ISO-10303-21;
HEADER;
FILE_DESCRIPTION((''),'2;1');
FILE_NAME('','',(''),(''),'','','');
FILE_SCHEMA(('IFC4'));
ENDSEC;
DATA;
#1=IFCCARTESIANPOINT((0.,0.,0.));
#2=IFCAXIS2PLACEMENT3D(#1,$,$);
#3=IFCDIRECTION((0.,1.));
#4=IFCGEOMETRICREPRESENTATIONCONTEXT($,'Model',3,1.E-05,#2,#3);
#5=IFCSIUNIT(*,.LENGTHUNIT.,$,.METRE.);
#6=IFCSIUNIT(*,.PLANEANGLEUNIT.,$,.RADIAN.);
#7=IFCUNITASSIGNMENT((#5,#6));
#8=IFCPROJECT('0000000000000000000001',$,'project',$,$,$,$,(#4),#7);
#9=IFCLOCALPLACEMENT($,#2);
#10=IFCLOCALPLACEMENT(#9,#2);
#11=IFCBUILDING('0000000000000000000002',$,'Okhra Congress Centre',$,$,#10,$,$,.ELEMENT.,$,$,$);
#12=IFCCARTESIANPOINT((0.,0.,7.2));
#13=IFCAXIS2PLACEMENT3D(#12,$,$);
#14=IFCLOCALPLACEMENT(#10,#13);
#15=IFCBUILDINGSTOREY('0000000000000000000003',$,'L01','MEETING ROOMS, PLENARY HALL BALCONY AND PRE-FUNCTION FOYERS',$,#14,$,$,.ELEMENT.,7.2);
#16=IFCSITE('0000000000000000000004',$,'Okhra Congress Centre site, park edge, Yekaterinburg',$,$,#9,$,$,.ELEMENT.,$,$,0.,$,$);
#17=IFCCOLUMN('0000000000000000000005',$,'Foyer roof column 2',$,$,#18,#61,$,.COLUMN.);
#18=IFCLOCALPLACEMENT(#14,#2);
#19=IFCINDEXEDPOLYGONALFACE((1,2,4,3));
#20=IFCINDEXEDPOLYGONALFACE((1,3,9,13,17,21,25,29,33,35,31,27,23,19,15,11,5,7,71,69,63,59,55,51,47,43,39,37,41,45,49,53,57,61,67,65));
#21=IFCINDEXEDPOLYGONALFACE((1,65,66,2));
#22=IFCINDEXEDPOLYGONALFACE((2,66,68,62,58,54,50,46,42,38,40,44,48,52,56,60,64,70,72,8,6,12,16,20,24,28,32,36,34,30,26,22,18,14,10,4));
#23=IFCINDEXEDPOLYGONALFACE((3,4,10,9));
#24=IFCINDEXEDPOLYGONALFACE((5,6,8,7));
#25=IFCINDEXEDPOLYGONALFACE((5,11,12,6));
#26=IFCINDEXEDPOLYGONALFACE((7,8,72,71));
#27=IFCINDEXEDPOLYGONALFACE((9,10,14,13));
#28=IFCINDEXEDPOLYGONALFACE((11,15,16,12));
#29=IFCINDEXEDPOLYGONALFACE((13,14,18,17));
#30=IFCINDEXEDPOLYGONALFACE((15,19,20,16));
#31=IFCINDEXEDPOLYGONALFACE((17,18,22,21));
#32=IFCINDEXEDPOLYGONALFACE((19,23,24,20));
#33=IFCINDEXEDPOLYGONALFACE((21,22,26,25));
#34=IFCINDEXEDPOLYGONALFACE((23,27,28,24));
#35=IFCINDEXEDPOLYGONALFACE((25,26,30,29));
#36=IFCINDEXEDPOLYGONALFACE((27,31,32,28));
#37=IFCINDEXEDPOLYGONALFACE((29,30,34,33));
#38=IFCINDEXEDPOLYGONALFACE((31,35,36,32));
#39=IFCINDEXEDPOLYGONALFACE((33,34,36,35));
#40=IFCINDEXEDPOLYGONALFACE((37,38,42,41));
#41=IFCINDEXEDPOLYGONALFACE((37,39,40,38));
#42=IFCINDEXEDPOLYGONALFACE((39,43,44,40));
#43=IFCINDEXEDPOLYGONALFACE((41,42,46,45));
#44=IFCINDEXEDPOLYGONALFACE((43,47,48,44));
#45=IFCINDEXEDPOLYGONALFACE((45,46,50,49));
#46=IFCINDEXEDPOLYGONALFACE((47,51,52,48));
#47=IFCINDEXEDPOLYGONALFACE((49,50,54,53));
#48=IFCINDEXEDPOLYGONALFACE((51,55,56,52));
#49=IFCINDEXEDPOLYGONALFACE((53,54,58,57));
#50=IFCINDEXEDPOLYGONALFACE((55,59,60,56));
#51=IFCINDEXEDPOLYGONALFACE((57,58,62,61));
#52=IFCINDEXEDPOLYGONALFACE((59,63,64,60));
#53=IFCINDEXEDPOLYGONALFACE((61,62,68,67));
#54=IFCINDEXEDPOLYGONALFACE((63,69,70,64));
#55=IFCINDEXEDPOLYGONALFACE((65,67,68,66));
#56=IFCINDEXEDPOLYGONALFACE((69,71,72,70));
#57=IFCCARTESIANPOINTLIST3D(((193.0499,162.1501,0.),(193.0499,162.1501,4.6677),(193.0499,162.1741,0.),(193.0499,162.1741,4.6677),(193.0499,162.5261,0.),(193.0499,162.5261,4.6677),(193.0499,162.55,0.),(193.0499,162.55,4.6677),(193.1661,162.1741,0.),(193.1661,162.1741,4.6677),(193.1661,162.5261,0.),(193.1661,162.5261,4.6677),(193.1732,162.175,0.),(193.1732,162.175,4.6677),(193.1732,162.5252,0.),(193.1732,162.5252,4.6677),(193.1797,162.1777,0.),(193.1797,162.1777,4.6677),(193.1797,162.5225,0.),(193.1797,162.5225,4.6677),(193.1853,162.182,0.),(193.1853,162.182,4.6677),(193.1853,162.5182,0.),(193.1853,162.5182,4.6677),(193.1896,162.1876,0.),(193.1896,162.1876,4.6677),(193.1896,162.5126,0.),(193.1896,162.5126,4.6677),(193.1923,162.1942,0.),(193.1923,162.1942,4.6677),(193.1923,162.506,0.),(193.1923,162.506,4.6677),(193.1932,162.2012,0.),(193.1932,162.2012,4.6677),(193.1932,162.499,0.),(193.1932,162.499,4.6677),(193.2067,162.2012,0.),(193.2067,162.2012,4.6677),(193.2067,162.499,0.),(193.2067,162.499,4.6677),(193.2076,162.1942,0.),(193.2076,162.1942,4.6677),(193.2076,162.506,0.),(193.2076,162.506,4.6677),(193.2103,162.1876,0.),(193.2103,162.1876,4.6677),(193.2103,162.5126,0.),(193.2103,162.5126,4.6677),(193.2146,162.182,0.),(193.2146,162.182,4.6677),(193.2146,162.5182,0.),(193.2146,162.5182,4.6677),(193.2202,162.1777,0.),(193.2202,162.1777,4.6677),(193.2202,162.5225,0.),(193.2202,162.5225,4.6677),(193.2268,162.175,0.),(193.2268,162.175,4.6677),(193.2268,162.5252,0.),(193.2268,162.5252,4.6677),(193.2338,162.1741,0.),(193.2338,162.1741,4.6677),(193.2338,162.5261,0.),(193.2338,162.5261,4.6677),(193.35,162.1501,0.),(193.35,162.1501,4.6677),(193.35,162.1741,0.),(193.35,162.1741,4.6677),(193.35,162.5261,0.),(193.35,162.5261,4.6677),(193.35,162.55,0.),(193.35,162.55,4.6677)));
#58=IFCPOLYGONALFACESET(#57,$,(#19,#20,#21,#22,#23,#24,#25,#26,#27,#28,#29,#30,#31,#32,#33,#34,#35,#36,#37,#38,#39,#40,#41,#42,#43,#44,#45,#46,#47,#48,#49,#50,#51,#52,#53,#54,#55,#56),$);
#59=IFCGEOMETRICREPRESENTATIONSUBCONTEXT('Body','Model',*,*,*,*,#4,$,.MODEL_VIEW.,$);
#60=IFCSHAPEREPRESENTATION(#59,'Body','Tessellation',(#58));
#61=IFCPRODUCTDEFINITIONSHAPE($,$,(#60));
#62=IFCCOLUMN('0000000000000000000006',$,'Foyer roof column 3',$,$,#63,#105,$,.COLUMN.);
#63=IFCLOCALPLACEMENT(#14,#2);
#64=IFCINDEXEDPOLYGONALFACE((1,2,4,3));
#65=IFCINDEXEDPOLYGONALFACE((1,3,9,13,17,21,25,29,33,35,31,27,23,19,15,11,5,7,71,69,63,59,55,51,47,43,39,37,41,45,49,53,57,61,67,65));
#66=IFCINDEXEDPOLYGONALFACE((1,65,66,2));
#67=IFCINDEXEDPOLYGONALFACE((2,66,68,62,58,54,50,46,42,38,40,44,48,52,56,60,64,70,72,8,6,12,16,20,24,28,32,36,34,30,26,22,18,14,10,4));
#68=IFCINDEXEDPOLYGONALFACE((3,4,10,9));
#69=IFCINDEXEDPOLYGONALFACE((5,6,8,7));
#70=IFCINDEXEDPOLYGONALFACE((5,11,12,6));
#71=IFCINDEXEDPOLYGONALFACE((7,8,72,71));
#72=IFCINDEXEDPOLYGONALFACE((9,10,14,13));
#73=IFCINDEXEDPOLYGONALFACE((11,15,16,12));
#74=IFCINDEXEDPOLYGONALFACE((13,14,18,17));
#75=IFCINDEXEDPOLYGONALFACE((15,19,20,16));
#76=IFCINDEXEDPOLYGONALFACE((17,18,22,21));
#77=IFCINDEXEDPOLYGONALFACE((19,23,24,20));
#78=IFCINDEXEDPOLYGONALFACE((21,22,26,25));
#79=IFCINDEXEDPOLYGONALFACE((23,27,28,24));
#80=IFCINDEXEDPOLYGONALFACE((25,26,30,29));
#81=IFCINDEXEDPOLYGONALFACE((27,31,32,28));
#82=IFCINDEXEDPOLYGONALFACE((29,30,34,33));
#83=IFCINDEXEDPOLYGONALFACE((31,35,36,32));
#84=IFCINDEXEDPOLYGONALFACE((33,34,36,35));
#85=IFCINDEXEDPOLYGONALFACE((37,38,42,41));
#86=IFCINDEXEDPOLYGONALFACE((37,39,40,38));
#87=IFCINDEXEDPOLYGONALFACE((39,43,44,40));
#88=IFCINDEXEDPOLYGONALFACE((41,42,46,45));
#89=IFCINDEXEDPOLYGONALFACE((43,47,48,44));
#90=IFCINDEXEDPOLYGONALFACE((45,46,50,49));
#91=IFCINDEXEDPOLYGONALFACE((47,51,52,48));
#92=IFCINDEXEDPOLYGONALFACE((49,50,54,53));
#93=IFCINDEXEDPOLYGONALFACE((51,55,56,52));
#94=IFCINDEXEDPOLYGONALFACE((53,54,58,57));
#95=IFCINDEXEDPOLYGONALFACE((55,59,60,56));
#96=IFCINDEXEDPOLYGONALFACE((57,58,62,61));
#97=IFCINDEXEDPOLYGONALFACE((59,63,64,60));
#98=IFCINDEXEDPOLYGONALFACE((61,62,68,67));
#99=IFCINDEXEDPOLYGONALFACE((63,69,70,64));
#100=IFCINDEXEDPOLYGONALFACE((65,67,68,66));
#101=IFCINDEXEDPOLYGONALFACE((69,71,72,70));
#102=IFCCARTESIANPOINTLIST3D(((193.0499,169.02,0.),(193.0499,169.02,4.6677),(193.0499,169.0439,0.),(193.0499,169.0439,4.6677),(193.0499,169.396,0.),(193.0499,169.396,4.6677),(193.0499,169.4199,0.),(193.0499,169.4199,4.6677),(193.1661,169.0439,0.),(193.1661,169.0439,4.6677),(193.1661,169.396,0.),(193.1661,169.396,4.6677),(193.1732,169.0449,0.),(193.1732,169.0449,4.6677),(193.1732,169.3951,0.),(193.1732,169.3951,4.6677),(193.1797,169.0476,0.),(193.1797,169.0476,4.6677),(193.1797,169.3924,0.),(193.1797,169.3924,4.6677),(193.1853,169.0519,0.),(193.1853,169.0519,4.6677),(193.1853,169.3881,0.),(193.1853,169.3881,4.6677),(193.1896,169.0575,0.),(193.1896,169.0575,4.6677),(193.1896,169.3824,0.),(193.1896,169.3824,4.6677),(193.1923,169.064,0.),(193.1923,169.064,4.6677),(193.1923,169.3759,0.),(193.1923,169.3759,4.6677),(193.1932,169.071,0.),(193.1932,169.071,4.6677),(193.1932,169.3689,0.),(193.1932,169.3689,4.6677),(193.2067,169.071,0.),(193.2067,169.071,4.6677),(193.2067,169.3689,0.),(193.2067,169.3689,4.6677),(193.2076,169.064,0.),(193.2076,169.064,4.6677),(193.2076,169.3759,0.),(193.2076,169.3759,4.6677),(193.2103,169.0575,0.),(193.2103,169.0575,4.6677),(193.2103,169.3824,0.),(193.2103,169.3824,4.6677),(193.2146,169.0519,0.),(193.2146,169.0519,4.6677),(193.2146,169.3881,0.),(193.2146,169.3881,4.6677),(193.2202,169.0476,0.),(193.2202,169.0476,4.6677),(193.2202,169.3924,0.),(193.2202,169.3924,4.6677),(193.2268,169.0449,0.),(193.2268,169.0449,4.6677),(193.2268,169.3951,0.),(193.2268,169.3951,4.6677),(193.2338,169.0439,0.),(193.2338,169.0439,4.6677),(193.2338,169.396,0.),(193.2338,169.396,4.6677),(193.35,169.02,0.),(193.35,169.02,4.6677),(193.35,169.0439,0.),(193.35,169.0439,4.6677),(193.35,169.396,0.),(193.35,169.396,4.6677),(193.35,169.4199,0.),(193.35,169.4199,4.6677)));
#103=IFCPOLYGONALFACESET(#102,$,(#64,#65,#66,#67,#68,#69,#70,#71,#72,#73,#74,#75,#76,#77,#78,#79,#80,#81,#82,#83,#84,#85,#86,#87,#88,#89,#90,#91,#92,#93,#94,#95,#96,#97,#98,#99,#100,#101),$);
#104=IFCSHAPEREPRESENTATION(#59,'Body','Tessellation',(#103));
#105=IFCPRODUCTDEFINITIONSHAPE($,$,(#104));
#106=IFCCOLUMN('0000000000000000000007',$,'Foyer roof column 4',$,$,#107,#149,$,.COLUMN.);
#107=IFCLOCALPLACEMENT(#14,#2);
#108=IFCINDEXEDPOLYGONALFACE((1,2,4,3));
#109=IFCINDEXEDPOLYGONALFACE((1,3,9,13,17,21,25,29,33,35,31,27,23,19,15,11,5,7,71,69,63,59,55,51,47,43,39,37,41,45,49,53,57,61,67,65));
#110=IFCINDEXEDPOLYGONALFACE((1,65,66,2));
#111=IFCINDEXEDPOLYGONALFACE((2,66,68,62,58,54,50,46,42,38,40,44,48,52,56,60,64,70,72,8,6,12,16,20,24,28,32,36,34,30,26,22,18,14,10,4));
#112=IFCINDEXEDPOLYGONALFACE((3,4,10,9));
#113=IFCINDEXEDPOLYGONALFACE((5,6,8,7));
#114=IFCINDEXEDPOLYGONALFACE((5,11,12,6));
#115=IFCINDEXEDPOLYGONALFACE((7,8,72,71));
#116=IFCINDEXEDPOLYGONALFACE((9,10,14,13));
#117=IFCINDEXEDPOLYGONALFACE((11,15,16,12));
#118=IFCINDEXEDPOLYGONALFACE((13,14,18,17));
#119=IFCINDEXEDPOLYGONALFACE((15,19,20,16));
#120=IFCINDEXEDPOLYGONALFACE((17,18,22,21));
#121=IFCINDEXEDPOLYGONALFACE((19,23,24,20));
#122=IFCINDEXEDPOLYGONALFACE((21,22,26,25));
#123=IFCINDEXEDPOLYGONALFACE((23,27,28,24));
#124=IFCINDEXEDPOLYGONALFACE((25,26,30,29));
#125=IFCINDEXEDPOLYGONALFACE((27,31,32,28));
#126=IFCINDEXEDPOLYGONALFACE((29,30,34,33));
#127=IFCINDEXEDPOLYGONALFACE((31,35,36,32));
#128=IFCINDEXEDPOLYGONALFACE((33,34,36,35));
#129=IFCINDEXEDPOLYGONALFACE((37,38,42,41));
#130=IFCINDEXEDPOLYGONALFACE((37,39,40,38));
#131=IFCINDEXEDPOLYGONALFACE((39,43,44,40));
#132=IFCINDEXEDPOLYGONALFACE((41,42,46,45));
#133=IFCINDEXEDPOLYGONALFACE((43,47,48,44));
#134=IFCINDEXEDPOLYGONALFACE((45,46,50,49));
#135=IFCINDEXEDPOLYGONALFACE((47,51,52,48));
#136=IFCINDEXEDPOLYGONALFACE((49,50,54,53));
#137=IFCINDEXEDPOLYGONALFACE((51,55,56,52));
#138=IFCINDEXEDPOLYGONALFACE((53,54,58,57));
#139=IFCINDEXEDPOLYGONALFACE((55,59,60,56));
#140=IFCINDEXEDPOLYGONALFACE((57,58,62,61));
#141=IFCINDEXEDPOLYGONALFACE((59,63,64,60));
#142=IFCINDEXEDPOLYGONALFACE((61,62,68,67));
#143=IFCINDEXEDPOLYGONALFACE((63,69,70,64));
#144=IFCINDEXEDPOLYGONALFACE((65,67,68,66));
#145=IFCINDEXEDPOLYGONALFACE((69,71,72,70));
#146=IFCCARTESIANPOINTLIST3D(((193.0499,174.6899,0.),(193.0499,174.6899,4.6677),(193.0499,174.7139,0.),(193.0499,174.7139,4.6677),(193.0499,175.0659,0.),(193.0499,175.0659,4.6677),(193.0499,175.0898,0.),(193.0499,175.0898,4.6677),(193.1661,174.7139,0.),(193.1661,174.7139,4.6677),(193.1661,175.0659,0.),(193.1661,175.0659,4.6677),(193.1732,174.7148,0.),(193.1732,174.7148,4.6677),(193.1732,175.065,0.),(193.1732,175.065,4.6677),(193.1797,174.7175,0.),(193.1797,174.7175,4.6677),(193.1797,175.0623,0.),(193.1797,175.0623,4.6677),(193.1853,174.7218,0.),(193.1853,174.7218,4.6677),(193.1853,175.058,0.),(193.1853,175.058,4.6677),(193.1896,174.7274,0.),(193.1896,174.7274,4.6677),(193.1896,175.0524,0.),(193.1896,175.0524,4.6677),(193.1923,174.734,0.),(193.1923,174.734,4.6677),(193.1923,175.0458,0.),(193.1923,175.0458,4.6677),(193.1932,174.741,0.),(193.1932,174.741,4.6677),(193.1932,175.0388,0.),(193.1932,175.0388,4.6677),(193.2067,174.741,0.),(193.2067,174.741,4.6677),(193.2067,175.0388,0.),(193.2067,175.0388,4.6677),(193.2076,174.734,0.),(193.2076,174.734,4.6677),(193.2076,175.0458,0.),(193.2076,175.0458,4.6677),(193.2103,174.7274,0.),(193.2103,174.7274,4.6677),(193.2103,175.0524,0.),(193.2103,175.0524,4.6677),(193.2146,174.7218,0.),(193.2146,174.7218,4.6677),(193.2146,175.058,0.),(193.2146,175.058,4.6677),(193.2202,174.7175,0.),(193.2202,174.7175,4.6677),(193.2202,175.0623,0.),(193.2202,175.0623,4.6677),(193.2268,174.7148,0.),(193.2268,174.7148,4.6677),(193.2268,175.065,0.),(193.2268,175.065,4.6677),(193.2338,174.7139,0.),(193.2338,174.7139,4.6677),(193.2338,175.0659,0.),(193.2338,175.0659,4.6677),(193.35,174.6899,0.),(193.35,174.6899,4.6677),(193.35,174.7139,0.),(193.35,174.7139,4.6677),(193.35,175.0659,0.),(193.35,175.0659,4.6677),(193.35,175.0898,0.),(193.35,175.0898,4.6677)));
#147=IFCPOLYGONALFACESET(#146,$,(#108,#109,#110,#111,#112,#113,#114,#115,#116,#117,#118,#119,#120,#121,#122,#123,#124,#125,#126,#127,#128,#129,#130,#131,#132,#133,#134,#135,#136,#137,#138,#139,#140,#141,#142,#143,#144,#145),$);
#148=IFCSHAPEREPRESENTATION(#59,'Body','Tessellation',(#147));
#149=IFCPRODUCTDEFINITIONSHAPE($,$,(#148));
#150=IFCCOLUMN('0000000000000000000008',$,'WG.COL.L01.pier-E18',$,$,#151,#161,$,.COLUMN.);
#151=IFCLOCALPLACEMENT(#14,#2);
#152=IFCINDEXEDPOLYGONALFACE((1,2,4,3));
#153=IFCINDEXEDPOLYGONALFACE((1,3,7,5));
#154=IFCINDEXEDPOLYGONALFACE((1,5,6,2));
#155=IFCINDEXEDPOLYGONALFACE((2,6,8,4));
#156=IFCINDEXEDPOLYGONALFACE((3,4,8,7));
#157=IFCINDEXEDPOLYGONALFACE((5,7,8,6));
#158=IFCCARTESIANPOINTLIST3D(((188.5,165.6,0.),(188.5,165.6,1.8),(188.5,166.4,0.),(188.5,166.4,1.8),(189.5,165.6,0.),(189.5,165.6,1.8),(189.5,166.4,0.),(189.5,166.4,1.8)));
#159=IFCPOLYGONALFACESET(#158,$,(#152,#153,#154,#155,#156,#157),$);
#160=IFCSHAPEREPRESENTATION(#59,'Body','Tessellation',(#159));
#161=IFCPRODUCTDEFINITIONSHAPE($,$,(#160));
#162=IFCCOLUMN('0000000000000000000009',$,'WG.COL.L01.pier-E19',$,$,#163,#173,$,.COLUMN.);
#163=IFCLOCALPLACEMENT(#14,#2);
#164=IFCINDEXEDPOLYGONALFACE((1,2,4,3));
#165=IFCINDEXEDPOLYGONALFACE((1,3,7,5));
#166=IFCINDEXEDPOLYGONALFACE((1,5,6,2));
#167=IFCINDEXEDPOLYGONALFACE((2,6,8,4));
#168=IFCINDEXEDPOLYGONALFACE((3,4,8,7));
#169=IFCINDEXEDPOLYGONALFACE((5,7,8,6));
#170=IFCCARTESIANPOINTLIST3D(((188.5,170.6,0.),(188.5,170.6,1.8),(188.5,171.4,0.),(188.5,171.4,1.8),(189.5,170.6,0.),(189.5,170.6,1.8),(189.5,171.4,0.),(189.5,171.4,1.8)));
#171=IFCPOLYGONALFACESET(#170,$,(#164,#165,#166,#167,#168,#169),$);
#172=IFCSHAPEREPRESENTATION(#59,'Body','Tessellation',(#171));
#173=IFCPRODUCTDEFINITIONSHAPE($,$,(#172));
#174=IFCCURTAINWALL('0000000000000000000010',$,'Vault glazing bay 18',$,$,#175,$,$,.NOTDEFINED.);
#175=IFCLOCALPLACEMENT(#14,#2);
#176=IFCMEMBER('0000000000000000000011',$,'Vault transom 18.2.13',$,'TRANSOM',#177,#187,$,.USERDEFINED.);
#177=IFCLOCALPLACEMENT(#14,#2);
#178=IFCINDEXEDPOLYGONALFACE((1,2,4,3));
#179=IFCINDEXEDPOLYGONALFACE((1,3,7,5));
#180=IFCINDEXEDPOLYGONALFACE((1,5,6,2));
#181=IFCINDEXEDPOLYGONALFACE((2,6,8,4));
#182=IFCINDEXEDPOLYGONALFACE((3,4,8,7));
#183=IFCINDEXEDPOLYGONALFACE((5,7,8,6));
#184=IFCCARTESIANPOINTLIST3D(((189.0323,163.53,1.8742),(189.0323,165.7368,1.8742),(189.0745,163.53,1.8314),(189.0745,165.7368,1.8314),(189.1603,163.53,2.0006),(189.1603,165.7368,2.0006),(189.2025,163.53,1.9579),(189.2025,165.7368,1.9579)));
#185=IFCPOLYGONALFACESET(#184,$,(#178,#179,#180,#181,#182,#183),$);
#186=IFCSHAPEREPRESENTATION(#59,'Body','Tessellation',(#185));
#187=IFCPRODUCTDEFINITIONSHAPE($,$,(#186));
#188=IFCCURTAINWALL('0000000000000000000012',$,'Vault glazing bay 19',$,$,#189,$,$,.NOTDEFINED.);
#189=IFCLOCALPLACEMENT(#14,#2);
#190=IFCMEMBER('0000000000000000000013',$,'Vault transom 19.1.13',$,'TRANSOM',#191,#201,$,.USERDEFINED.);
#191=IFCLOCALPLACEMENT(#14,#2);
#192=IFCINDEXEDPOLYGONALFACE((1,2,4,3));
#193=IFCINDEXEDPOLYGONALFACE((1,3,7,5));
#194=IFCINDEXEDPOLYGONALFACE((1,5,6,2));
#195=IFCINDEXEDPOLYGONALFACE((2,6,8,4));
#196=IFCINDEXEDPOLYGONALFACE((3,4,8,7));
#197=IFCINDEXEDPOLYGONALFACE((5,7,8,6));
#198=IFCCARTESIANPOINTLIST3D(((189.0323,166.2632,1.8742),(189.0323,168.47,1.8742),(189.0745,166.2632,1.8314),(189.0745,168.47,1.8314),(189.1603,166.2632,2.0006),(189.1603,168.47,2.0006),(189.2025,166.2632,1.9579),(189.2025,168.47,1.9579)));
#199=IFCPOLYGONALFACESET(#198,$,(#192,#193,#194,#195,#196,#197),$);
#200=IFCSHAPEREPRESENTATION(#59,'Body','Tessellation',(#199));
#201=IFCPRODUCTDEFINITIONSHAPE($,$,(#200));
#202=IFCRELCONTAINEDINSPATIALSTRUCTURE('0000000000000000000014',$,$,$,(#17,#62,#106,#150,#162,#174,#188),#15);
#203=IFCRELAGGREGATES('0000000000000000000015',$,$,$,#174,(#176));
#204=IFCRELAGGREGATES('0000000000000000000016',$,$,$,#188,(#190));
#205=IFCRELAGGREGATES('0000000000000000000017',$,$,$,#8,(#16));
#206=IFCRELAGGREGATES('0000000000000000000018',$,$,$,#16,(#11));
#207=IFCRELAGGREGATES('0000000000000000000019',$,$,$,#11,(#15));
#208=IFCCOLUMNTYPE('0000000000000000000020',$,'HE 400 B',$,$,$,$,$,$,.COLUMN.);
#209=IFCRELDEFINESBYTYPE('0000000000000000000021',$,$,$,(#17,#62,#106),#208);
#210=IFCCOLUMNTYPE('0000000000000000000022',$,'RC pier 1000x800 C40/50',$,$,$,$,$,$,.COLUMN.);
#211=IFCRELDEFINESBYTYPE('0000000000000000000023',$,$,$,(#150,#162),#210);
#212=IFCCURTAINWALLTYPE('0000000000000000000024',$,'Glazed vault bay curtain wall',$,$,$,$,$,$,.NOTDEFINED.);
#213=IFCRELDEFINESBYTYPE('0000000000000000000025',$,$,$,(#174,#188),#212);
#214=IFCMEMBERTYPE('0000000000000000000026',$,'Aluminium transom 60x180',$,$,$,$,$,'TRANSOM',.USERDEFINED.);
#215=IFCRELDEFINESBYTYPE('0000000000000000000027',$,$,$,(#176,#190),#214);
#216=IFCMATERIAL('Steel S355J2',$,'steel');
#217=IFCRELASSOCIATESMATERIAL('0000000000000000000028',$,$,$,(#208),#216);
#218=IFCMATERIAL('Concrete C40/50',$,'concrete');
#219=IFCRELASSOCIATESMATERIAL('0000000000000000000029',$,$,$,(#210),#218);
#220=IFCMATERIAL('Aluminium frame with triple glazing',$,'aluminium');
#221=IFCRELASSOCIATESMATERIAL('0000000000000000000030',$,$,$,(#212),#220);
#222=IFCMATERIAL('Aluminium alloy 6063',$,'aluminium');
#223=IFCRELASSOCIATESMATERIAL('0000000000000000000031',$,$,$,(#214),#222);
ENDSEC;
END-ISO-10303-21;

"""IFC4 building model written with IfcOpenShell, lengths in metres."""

from ifc_helpers import new_model, si_unit, direction, frame, origin, origin_2d, place, context, subcontext, project, spatial, rectangle, i_section, extrude, material, material_profile, profile_set, type_object, element, aggregate, save


model = new_model("IFC4")

# Units and contexts
model_context = context("Model", 3, precision=1e-05, world=origin(), true_north=direction((0.0, 1.0)))
body_context = subcontext(model_context, "Body", "Model", "MODEL_VIEW")
ifc_project = project(units=[si_unit("LENGTHUNIT", "METRE"), si_unit("PLANEANGLEUNIT", "RADIAN")], contexts=[model_context])

# Site, building, storey
site_placement = place(None, origin())
site = spatial("IfcSite", under=ifc_project, at=site_placement, Name="Okhra Congress Centre site, park edge, Yekaterinburg", CompositionType="ELEMENT", RefElevation=0.0)
building_placement = place(site_placement, origin())
building = spatial("IfcBuilding", under=site, at=building_placement, Name="Okhra Congress Centre", CompositionType="ELEMENT")
storey_placement = place(building_placement, frame((0.0, 0.0, 7.2)))
storey = spatial("IfcBuildingStorey", under=building, at=storey_placement, Name="L01", Description="MEETING ROOMS, PLENARY HALL BALCONY AND PRE-FUNCTION FOYERS", CompositionType="ELEMENT", Elevation=7.2)

# Columns
ifc_material_1 = material(Name="Steel S355J2", Category="steel")
ifc_material_profile_1 = material_profile(ifc_material_1, i_section(OverallWidth=0.3, OverallDepth=0.3999, WebThickness=0.0134, FlangeThickness=0.0239, FilletRadius=0.0271, at=origin_2d()), Name="HE 400 B")
ifc_profile_set_1 = profile_set([ifc_material_profile_1], Name="Steel S355J2")
column_type_1 = type_object("IfcColumnType", Name="HE 400 B", PredefinedType="COLUMN", material=ifc_profile_set_1)
for number, where, z_axis, x_axis, name in (
    (1, (193.2, 162.3501, 0.0), (0.0, 0.0, 1.0), (1.0, 0.0, 0.0), "Foyer roof column 2"),
    (2, (193.2, 169.22, 0.0), (0.0, 0.0, 1.0), (1.0, 0.0, 0.0), "Foyer roof column 3"),
    (3, (193.2, 174.8899, 0.0), (0.0, 0.0, 1.0), (1.0, 0.0, 0.0), "Foyer roof column 4"),
):
    element("IfcColumn", number, at=place(storey_placement, frame(where, z_axis=z_axis, x_axis=x_axis)), inside=storey, type_object=column_type_1, Name=name, PredefinedType="COLUMN", context=body_context, shape_type="SweptSolid", body=[
        extrude(i_section(OverallWidth=0.3, OverallDepth=0.3999, WebThickness=0.0134, FlangeThickness=0.0239, FilletRadius=0.0271, at=origin_2d()), origin(), (0.0, 0.0, 1.0), 4.6677),
    ])
ifc_material_2 = material(Name="Concrete C40/50", Category="concrete")
ifc_material_profile_2 = material_profile(ifc_material_2, rectangle(XDim=1.0, YDim=0.8, at=origin_2d()), Name="RC 1000x800")
ifc_profile_set_2 = profile_set([ifc_material_profile_2], Name="Concrete C40/50")
column_type_2 = type_object("IfcColumnType", Name="RC pier 1000x800 C40/50", PredefinedType="COLUMN", material=ifc_profile_set_2)
for number, where, z_axis, x_axis, name in (
    (4, (189.0, 166.0, 0.0), (0.0, 0.0, 1.0), (1.0, 0.0, 0.0), "WG.COL.L01.pier-E18"),
    (5, (189.0, 171.0, 0.0), (0.0, 0.0, 1.0), (1.0, 0.0, 0.0), "WG.COL.L01.pier-E19"),
):
    element("IfcColumn", number, at=place(storey_placement, frame(where, z_axis=z_axis, x_axis=x_axis)), inside=storey, type_object=column_type_2, Name=name, PredefinedType="COLUMN", context=body_context, shape_type="SweptSolid", body=[
        extrude(rectangle(XDim=1.0, YDim=0.8, at=origin_2d()), origin(), (0.0, 0.0, 1.0), 1.8),
    ])

# Curtain wall, member
ifc_material_3 = material(Name="Aluminium frame with triple glazing", Category="aluminium")
curtain_wall_type = type_object("IfcCurtainWallType", Name="Glazed vault bay curtain wall", PredefinedType="NOTDEFINED", material=ifc_material_3)
curtain_wall_1_placement = place(storey_placement, origin())
curtain_wall_1 = element("IfcCurtainWall", 6, at=curtain_wall_1_placement, inside=storey, type_object=curtain_wall_type, Name="Vault glazing bay 18", PredefinedType="NOTDEFINED")
ifc_material_4 = material(Name="Aluminium alloy 6063", Category="aluminium")
ifc_material_profile_3 = material_profile(ifc_material_4, rectangle(XDim=0.0601, YDim=0.1799, at=origin_2d()), Name="AL 60x180 transom")
ifc_profile_set_3 = profile_set([ifc_material_profile_3], Name="Aluminium alloy 6063")
member_type = type_object("IfcMemberType", Name="Aluminium transom 60x180", ElementType="TRANSOM", PredefinedType="USERDEFINED", material=ifc_profile_set_3)
member_1_placement = place(storey_placement, frame((189.1174, 163.53, 1.916), z_axis=(0.0, 1.0, 0.0), x_axis=(-0.702636, 0.0, 0.711549)))
member_1 = element("IfcMember", 7, at=member_1_placement, type_object=member_type, Name="Vault transom 18.2.13", ObjectType="TRANSOM", PredefinedType="USERDEFINED", context=body_context, shape_type="SweptSolid", body=[
    extrude(rectangle(XDim=0.0601, YDim=0.1799, at=origin_2d()), origin(), (0.0, 0.0, 1.0), 2.2068),
])
aggregate(curtain_wall_1, [member_1])

# Curtain wall, member
curtain_wall_2_placement = place(storey_placement, origin())
curtain_wall_2 = element("IfcCurtainWall", 8, at=curtain_wall_2_placement, inside=storey, type_object=curtain_wall_type, Name="Vault glazing bay 19", PredefinedType="NOTDEFINED")
member_2_placement = place(storey_placement, frame((189.1174, 166.2632, 1.916), z_axis=(0.0, 1.0, 0.0), x_axis=(-0.702636, 0.0, 0.711549)))
member_2 = element("IfcMember", 9, at=member_2_placement, type_object=member_type, Name="Vault transom 19.1.13", ObjectType="TRANSOM", PredefinedType="USERDEFINED", context=body_context, shape_type="SweptSolid", body=[
    extrude(rectangle(XDim=0.0601, YDim=0.1799, at=origin_2d()), origin(), (0.0, 0.0, 1.0), 2.2068),
])
aggregate(curtain_wall_2, [member_2])

save(model, "model.ifc")
